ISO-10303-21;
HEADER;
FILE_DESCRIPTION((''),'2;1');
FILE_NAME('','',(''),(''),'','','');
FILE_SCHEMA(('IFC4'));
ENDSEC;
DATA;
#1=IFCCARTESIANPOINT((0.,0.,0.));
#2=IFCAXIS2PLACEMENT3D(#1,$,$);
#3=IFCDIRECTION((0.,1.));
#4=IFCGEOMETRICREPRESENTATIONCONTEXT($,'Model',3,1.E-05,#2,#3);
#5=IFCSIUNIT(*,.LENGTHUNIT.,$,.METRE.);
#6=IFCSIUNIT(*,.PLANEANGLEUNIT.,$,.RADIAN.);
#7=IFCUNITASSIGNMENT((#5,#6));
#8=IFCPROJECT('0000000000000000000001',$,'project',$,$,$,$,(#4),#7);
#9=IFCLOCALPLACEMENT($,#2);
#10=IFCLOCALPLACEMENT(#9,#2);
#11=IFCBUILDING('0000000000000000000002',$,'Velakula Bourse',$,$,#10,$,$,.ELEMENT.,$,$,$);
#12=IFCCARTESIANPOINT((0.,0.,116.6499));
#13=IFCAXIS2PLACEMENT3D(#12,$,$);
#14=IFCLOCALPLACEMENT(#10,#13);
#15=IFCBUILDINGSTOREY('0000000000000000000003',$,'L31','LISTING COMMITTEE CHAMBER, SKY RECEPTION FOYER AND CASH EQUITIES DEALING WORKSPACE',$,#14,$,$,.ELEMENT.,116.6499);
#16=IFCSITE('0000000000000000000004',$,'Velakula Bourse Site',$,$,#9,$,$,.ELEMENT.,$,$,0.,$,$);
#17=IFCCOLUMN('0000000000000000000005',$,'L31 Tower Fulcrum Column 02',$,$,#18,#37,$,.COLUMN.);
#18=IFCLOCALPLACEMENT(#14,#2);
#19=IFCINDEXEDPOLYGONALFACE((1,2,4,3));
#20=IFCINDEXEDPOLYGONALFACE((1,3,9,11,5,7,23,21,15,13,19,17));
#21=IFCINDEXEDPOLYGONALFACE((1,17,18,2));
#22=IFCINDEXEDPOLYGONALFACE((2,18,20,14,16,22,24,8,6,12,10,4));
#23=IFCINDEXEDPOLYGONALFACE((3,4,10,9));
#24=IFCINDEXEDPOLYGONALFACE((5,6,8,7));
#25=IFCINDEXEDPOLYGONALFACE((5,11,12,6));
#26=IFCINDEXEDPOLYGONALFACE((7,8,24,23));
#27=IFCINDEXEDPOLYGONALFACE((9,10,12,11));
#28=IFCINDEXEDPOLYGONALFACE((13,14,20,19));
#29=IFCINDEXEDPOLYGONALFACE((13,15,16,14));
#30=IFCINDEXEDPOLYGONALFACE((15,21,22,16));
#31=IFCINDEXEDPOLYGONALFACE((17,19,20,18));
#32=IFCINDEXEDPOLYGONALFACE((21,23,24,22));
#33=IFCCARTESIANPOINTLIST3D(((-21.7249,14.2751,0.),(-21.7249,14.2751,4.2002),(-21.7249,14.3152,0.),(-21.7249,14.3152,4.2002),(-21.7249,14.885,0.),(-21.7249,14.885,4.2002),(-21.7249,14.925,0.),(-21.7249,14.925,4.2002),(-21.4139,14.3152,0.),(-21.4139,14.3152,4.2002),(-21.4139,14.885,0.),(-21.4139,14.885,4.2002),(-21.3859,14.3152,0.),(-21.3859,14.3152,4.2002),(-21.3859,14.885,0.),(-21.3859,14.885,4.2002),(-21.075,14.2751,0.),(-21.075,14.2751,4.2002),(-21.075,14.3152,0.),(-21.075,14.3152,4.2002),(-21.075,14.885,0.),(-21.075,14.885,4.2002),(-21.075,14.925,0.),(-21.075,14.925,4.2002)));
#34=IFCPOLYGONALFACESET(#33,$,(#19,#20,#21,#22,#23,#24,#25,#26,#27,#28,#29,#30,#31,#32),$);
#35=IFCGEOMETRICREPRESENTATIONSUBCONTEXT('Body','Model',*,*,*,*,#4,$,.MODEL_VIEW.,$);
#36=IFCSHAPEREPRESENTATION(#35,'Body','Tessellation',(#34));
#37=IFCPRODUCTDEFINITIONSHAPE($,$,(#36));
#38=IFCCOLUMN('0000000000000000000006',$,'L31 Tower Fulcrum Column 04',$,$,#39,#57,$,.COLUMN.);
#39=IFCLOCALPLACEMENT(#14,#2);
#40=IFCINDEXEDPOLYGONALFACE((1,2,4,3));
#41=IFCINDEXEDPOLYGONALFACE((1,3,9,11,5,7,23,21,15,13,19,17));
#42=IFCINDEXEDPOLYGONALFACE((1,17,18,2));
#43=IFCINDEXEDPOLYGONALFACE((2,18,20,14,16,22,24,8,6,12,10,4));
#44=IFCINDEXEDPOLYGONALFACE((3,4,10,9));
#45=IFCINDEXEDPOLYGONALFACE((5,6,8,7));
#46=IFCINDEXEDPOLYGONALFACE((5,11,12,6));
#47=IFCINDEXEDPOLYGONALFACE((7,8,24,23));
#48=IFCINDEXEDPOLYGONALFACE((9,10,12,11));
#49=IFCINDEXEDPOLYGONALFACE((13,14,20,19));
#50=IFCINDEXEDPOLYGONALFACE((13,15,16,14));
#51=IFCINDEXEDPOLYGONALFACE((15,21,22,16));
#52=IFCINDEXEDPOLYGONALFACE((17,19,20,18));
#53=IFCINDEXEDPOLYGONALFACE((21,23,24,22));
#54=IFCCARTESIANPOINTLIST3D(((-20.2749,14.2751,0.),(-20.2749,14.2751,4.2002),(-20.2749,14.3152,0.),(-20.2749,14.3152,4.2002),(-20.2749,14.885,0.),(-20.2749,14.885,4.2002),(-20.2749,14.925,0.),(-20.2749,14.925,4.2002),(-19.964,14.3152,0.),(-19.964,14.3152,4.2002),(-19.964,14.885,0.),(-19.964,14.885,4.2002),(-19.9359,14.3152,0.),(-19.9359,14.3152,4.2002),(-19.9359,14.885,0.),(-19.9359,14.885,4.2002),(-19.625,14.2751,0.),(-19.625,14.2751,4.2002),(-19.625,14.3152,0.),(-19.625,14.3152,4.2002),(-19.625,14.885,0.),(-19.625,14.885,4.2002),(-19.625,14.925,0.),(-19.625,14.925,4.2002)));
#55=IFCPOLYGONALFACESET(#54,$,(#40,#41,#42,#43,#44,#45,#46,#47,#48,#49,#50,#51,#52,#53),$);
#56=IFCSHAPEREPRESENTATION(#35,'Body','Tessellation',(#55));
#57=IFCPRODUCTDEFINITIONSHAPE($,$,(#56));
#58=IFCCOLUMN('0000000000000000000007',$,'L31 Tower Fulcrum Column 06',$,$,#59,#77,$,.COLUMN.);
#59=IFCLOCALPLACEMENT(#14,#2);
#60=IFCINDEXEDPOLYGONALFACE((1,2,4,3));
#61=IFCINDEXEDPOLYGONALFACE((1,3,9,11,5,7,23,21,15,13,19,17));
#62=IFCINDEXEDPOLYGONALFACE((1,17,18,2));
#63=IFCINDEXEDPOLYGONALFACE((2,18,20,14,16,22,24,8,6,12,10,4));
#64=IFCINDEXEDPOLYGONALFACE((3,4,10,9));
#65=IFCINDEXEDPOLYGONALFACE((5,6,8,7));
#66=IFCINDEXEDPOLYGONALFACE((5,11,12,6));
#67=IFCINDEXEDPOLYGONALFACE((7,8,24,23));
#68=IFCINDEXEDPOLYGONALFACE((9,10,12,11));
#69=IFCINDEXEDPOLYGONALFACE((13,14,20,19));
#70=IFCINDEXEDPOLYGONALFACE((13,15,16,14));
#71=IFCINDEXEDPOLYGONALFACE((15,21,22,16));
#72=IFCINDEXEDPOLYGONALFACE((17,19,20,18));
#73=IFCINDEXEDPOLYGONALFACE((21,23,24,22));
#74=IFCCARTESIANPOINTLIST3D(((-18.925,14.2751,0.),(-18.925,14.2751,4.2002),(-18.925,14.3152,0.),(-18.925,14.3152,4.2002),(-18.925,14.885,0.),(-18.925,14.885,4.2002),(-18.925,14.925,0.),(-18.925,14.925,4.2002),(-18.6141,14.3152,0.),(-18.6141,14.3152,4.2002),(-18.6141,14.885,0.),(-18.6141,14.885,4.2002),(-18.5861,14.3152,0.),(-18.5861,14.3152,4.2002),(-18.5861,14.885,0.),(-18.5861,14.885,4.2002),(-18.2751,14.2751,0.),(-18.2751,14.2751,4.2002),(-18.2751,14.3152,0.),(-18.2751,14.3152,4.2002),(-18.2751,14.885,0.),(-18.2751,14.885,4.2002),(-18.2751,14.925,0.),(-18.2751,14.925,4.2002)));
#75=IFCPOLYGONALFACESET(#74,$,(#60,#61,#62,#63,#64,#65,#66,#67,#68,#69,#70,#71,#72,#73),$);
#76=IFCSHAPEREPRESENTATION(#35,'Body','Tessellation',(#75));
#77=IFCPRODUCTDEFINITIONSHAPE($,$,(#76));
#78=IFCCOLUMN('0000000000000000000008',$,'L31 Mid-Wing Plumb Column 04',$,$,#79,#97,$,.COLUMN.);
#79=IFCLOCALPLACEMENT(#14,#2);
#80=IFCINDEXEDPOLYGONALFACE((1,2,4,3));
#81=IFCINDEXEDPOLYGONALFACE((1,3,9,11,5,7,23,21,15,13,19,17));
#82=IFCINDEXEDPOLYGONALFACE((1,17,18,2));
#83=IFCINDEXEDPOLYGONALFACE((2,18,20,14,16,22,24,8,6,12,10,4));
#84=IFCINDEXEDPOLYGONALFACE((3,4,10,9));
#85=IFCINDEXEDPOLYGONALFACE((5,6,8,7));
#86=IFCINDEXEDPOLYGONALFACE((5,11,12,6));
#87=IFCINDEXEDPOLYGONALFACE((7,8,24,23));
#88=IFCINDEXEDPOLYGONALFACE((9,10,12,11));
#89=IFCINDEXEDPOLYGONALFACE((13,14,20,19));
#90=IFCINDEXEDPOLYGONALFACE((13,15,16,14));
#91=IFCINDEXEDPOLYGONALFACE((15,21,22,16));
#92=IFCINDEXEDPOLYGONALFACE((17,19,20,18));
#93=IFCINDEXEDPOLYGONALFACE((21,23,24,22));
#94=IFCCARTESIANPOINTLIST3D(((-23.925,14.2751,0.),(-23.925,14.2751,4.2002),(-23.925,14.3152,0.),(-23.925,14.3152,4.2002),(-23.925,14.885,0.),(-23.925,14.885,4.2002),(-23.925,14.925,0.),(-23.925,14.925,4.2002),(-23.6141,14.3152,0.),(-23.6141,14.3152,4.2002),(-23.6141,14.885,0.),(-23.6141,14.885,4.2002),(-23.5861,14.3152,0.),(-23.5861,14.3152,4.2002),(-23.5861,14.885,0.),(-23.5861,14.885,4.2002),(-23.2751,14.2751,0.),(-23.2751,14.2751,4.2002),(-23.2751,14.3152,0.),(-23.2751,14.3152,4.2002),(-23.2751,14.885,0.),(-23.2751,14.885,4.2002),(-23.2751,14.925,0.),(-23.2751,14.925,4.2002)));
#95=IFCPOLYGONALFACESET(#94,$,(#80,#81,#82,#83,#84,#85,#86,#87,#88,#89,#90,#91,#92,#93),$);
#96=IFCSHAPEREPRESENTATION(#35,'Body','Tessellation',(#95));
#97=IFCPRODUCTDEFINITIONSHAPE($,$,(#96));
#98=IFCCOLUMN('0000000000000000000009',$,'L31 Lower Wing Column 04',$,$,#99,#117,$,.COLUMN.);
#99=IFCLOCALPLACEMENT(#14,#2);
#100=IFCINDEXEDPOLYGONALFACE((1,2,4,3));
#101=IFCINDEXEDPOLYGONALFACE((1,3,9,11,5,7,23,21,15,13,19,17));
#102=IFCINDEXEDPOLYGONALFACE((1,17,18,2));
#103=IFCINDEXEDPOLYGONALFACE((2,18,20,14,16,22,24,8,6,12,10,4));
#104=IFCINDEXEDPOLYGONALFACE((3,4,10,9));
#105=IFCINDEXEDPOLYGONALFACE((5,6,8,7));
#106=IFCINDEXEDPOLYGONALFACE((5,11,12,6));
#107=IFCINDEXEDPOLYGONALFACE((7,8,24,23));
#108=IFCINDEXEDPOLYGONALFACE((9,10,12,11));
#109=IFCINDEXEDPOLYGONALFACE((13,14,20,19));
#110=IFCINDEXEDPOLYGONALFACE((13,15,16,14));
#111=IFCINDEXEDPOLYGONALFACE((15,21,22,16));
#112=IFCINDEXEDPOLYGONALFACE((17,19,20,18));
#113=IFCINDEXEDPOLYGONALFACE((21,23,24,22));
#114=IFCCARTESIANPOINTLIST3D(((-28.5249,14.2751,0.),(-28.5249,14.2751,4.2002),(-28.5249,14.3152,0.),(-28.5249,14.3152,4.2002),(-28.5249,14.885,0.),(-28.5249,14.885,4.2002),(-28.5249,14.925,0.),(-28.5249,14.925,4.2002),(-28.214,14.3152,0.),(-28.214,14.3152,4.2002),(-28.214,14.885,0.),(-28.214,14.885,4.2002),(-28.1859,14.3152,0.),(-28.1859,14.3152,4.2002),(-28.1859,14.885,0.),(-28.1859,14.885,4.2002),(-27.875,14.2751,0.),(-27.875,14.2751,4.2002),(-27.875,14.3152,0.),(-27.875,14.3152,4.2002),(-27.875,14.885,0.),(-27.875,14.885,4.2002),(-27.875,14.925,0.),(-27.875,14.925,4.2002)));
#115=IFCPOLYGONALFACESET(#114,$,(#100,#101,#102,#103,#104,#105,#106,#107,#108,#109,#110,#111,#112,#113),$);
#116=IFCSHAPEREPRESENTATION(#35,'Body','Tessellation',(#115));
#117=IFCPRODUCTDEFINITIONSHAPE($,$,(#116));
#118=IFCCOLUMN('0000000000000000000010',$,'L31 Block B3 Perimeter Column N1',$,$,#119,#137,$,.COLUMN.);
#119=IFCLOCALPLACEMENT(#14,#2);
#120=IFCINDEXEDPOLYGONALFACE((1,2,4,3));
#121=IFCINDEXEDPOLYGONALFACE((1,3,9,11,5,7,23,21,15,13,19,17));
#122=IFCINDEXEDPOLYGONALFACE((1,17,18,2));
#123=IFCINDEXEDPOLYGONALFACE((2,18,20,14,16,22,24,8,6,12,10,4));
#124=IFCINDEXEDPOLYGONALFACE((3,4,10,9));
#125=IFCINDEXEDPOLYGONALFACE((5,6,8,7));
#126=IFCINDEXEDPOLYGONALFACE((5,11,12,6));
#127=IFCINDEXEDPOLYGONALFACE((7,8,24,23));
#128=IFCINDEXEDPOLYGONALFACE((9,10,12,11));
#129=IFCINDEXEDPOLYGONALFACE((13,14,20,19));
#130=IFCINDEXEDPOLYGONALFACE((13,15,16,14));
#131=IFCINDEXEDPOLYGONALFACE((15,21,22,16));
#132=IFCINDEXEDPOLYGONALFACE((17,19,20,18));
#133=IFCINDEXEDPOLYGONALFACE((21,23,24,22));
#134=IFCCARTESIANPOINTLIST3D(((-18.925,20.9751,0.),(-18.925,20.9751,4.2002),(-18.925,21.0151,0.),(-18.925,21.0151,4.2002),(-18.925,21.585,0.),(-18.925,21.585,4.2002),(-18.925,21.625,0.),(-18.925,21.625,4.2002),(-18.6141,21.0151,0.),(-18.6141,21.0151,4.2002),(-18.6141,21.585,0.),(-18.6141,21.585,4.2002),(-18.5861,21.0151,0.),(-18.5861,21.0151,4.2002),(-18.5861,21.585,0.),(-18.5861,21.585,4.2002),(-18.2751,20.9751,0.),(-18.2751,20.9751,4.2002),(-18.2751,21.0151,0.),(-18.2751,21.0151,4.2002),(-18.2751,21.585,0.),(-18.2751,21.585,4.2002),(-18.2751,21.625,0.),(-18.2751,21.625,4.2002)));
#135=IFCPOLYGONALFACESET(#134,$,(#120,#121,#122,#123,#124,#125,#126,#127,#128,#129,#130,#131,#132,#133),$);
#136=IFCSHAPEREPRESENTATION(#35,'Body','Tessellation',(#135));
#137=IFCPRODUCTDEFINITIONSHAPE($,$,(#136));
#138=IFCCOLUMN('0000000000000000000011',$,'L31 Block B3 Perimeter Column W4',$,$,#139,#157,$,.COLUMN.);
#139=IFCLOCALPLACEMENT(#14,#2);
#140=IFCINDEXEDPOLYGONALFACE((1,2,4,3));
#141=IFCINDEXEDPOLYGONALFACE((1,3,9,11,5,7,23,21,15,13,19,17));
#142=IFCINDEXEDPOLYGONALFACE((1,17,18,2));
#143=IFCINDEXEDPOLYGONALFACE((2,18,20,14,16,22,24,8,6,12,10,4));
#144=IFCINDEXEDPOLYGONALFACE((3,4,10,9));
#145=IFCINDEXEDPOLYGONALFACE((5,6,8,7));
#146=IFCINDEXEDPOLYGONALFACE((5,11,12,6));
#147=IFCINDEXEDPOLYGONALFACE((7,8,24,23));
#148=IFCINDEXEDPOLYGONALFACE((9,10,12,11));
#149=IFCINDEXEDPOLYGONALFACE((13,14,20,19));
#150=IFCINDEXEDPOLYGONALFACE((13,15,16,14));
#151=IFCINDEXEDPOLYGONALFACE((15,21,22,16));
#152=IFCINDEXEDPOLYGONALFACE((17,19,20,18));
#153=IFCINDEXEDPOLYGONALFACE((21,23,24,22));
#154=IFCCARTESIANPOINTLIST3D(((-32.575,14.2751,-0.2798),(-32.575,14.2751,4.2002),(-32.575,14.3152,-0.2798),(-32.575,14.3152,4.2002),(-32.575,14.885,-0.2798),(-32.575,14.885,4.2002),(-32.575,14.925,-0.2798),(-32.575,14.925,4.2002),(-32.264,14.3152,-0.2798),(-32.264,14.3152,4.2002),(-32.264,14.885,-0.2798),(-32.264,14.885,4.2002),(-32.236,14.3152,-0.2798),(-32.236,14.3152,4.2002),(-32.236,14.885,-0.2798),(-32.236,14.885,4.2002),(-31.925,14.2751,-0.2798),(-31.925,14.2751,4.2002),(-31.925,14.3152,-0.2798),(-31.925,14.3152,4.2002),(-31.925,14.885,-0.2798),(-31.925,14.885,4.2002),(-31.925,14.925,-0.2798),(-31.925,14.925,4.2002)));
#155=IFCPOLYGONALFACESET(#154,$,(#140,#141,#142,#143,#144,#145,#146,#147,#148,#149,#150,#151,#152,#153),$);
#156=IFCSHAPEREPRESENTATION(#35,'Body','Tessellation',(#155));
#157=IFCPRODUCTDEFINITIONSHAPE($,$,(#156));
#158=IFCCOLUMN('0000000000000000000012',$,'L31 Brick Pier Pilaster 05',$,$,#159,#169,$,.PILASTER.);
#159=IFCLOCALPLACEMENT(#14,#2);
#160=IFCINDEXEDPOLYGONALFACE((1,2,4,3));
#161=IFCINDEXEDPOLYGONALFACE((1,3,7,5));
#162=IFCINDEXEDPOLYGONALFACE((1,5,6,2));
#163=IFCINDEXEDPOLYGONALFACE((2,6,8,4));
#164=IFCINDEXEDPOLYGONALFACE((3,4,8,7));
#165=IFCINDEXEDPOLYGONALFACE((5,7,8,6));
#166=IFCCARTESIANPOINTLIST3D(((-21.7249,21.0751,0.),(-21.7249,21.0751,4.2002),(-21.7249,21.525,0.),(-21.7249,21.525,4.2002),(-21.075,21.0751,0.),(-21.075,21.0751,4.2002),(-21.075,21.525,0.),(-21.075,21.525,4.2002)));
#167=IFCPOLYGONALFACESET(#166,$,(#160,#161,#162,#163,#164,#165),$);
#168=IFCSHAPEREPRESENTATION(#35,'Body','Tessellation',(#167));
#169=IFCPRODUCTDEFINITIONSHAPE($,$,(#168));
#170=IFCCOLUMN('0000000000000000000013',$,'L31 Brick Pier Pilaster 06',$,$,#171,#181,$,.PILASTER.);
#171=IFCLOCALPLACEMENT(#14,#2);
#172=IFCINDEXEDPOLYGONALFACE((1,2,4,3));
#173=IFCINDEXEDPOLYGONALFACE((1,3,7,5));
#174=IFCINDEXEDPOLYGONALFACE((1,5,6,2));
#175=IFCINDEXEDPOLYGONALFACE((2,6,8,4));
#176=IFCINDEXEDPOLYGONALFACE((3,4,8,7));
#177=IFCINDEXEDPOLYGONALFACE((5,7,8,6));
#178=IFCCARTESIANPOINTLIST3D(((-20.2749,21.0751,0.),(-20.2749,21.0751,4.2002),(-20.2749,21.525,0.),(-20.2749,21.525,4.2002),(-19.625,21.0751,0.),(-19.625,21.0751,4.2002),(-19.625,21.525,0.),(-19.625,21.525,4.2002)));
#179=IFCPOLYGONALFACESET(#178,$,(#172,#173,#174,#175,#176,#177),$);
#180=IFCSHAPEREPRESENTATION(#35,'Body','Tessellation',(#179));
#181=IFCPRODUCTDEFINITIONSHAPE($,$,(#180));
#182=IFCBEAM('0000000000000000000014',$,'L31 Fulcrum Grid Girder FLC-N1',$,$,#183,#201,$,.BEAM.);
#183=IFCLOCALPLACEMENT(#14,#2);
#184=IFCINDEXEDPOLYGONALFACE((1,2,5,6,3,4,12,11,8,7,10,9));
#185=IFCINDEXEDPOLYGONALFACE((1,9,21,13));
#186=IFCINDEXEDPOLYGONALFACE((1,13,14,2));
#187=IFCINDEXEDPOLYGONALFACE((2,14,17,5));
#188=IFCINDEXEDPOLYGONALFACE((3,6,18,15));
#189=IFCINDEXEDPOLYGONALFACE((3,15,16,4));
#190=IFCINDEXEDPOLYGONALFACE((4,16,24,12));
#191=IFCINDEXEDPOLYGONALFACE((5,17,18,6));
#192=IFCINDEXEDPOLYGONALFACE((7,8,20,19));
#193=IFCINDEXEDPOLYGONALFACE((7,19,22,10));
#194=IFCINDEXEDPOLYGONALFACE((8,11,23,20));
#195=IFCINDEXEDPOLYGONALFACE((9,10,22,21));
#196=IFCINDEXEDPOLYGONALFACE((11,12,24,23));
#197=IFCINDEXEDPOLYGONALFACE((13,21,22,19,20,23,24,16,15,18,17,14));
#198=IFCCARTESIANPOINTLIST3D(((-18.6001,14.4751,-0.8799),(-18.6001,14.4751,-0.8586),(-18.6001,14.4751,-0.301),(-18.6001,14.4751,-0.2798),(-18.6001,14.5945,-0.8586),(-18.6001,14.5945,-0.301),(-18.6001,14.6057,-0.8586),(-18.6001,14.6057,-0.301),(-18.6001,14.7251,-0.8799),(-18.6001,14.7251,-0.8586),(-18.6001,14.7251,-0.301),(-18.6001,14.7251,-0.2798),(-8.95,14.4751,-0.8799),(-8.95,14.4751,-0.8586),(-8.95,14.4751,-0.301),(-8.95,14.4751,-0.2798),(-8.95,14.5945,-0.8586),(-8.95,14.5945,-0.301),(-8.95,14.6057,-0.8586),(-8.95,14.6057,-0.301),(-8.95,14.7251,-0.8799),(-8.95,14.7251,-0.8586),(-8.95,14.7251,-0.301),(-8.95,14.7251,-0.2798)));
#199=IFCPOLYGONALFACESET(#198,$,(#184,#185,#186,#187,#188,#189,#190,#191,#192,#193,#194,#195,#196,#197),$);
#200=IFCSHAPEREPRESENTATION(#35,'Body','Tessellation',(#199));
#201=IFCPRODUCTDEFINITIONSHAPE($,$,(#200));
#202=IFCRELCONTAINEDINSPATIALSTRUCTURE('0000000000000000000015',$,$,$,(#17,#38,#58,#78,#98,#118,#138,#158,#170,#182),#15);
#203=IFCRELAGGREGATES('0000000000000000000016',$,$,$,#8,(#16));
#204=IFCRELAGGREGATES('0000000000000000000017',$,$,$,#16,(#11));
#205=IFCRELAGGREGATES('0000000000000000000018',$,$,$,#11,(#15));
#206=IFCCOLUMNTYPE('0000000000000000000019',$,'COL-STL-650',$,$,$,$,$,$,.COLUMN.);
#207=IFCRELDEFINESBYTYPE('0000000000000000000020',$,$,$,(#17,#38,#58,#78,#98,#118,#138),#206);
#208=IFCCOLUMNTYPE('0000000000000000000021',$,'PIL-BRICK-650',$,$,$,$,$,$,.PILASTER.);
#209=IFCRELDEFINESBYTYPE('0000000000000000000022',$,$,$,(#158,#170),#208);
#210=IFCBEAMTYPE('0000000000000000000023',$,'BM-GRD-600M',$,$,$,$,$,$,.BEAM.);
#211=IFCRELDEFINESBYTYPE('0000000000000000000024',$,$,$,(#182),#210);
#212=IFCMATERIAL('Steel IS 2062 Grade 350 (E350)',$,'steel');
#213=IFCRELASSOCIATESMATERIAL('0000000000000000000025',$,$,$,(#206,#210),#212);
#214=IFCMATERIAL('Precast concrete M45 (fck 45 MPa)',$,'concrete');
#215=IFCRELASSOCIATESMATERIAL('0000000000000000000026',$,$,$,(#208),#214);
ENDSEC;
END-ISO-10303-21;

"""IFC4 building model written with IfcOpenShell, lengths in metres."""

from ifc_helpers import new_model, si_unit, direction, frame, origin, origin_2d, place, context, subcontext, project, spatial, rectangle, i_section, extrude, material, material_profile, profile_set, type_object, element, save


model = new_model("IFC4")

# Units and contexts
model_context = context("Model", 3, precision=1e-05, world=origin(), true_north=direction((0.0, 1.0)))
body_context = subcontext(model_context, "Body", "Model", "MODEL_VIEW")
ifc_project = project(units=[si_unit("LENGTHUNIT", "METRE"), si_unit("PLANEANGLEUNIT", "RADIAN")], contexts=[model_context])

# Site, building, storey
site_placement = place(None, origin())
site = spatial("IfcSite", under=ifc_project, at=site_placement, Name="Velakula Bourse Site", CompositionType="ELEMENT", RefElevation=0.0)
building_placement = place(site_placement, origin())
building = spatial("IfcBuilding", under=site, at=building_placement, Name="Velakula Bourse", CompositionType="ELEMENT")
storey_placement = place(building_placement, frame((0.0, 0.0, 116.6499)))
storey = spatial("IfcBuildingStorey", under=building, at=storey_placement, Name="L31", Description="LISTING COMMITTEE CHAMBER, SKY RECEPTION FOYER AND CASH EQUITIES DEALING WORKSPACE", CompositionType="ELEMENT", Elevation=116.6499)

# Columns
ifc_material_1 = material(Name="Steel IS 2062 Grade 350 (E350)", Category="steel")
ifc_material_profile_1 = material_profile(ifc_material_1, i_section(OverallWidth=0.6499, OverallDepth=0.6499, WebThickness=0.0281, FlangeThickness=0.04, at=origin_2d()), Name="Steel IS 2062 Grade 350 (E350)")
ifc_profile_set_1 = profile_set([ifc_material_profile_1], Name="Steel IS 2062 Grade 350 (E350)")
column_type_1 = type_object("IfcColumnType", Name="COL-STL-650", PredefinedType="COLUMN", material=ifc_profile_set_1)
for number, where, z_axis, x_axis, name in (
    (1, (-21.3999, 14.6001, 0.0), (0.0, 0.0, 1.0), (1.0, 0.0, 0.0), "L31 Tower Fulcrum Column 02"),
    (2, (-19.95, 14.6001, 0.0), (0.0, 0.0, 1.0), (1.0, 0.0, 0.0), "L31 Tower Fulcrum Column 04"),
    (3, (-18.6001, 14.6001, 0.0), (0.0, 0.0, 1.0), (1.0, 0.0, 0.0), "L31 Tower Fulcrum Column 06"),
    (4, (-23.6001, 14.6001, 0.0), (0.0, 0.0, 1.0), (1.0, 0.0, 0.0), "L31 Mid-Wing Plumb Column 04"),
    (5, (-28.2, 14.6001, 0.0), (0.0, 0.0, 1.0), (1.0, 0.0, 0.0), "L31 Lower Wing Column 04"),
    (6, (-18.6001, 21.3, 0.0), (0.0, 0.0, 1.0), (1.0, 0.0, 0.0), "L31 Block B3 Perimeter Column N1"),
):
    element("IfcColumn", number, at=place(storey_placement, frame(where, z_axis=z_axis, x_axis=x_axis)), inside=storey, type_object=column_type_1, Name=name, PredefinedType="COLUMN", context=body_context, shape_type="SweptSolid", body=[
        extrude(i_section(OverallWidth=0.6499, OverallDepth=0.6499, WebThickness=0.0281, FlangeThickness=0.04, at=origin_2d()), origin(), (0.0, 0.0, 1.0), 4.2002),
    ])
column_placement = place(storey_placement, frame((-32.25, 14.6001, -0.2798), z_axis=(0.0, 0.0, 1.0), x_axis=(1.0, 0.0, 0.0)))
element("IfcColumn", 7, at=column_placement, inside=storey, type_object=column_type_1, Name="L31 Block B3 Perimeter Column W4", PredefinedType="COLUMN", context=body_context, shape_type="SweptSolid", body=[
    extrude(i_section(OverallWidth=0.6499, OverallDepth=0.6499, WebThickness=0.0281, FlangeThickness=0.04, at=origin_2d()), origin(), (0.0, 0.0, 1.0), 4.48),
])
ifc_material_2 = material(Name="Precast concrete M45 (fck 45 MPa)", Category="concrete")
ifc_material_profile_2 = material_profile(ifc_material_2, rectangle(XDim=0.6499, YDim=0.45, at=origin_2d()), Name="Precast concrete M45 (fck 45 MPa)")
ifc_profile_set_2 = profile_set([ifc_material_profile_2], Name="Precast concrete M45 (fck 45 MPa)")
column_type_2 = type_object("IfcColumnType", Name="PIL-BRICK-650", PredefinedType="PILASTER", material=ifc_profile_set_2)
for number, where, z_axis, x_axis, name in (
    (8, (-21.3999, 21.3, 0.0), (0.0, 0.0, 1.0), (1.0, 0.0, 0.0), "L31 Brick Pier Pilaster 05"),
    (9, (-19.95, 21.3, 0.0), (0.0, 0.0, 1.0), (1.0, 0.0, 0.0), "L31 Brick Pier Pilaster 06"),
):
    element("IfcColumn", number, at=place(storey_placement, frame(where, z_axis=z_axis, x_axis=x_axis)), inside=storey, type_object=column_type_2, Name=name, PredefinedType="PILASTER", context=body_context, shape_type="SweptSolid", body=[
        extrude(rectangle(XDim=0.6499, YDim=0.45, at=origin_2d()), origin(), (0.0, 0.0, 1.0), 4.2002),
    ])

# Beam
ifc_material_profile_3 = material_profile(ifc_material_1, i_section(OverallWidth=0.25, OverallDepth=0.6001, WebThickness=0.0112, FlangeThickness=0.0212, at=origin_2d()), Name="Steel IS 2062 Grade 350 (E350)")
ifc_profile_set_3 = profile_set([ifc_material_profile_3], Name="Steel IS 2062 Grade 350 (E350)")
beam_type_1 = type_object("IfcBeamType", Name="BM-GRD-600M", PredefinedType="BEAM", material=ifc_profile_set_3)
beam_1_placement = place(storey_placement, frame((-18.6001, 14.6001, -0.5798), z_axis=(1.0, 0.0, 0.0), x_axis=(0.0, 1.0, 0.0)))
element("IfcBeam", 10, at=beam_1_placement, inside=storey, type_object=beam_type_1, Name="L31 Fulcrum Grid Girder FLC-N1", PredefinedType="BEAM", context=body_context, shape_type="SweptSolid", body=[
    extrude(i_section(OverallWidth=0.25, OverallDepth=0.6001, WebThickness=0.0112, FlangeThickness=0.0212, at=origin_2d()), origin(), (0.0, 0.0, 1.0), 9.6501),
])

save(model, "model.ifc")
